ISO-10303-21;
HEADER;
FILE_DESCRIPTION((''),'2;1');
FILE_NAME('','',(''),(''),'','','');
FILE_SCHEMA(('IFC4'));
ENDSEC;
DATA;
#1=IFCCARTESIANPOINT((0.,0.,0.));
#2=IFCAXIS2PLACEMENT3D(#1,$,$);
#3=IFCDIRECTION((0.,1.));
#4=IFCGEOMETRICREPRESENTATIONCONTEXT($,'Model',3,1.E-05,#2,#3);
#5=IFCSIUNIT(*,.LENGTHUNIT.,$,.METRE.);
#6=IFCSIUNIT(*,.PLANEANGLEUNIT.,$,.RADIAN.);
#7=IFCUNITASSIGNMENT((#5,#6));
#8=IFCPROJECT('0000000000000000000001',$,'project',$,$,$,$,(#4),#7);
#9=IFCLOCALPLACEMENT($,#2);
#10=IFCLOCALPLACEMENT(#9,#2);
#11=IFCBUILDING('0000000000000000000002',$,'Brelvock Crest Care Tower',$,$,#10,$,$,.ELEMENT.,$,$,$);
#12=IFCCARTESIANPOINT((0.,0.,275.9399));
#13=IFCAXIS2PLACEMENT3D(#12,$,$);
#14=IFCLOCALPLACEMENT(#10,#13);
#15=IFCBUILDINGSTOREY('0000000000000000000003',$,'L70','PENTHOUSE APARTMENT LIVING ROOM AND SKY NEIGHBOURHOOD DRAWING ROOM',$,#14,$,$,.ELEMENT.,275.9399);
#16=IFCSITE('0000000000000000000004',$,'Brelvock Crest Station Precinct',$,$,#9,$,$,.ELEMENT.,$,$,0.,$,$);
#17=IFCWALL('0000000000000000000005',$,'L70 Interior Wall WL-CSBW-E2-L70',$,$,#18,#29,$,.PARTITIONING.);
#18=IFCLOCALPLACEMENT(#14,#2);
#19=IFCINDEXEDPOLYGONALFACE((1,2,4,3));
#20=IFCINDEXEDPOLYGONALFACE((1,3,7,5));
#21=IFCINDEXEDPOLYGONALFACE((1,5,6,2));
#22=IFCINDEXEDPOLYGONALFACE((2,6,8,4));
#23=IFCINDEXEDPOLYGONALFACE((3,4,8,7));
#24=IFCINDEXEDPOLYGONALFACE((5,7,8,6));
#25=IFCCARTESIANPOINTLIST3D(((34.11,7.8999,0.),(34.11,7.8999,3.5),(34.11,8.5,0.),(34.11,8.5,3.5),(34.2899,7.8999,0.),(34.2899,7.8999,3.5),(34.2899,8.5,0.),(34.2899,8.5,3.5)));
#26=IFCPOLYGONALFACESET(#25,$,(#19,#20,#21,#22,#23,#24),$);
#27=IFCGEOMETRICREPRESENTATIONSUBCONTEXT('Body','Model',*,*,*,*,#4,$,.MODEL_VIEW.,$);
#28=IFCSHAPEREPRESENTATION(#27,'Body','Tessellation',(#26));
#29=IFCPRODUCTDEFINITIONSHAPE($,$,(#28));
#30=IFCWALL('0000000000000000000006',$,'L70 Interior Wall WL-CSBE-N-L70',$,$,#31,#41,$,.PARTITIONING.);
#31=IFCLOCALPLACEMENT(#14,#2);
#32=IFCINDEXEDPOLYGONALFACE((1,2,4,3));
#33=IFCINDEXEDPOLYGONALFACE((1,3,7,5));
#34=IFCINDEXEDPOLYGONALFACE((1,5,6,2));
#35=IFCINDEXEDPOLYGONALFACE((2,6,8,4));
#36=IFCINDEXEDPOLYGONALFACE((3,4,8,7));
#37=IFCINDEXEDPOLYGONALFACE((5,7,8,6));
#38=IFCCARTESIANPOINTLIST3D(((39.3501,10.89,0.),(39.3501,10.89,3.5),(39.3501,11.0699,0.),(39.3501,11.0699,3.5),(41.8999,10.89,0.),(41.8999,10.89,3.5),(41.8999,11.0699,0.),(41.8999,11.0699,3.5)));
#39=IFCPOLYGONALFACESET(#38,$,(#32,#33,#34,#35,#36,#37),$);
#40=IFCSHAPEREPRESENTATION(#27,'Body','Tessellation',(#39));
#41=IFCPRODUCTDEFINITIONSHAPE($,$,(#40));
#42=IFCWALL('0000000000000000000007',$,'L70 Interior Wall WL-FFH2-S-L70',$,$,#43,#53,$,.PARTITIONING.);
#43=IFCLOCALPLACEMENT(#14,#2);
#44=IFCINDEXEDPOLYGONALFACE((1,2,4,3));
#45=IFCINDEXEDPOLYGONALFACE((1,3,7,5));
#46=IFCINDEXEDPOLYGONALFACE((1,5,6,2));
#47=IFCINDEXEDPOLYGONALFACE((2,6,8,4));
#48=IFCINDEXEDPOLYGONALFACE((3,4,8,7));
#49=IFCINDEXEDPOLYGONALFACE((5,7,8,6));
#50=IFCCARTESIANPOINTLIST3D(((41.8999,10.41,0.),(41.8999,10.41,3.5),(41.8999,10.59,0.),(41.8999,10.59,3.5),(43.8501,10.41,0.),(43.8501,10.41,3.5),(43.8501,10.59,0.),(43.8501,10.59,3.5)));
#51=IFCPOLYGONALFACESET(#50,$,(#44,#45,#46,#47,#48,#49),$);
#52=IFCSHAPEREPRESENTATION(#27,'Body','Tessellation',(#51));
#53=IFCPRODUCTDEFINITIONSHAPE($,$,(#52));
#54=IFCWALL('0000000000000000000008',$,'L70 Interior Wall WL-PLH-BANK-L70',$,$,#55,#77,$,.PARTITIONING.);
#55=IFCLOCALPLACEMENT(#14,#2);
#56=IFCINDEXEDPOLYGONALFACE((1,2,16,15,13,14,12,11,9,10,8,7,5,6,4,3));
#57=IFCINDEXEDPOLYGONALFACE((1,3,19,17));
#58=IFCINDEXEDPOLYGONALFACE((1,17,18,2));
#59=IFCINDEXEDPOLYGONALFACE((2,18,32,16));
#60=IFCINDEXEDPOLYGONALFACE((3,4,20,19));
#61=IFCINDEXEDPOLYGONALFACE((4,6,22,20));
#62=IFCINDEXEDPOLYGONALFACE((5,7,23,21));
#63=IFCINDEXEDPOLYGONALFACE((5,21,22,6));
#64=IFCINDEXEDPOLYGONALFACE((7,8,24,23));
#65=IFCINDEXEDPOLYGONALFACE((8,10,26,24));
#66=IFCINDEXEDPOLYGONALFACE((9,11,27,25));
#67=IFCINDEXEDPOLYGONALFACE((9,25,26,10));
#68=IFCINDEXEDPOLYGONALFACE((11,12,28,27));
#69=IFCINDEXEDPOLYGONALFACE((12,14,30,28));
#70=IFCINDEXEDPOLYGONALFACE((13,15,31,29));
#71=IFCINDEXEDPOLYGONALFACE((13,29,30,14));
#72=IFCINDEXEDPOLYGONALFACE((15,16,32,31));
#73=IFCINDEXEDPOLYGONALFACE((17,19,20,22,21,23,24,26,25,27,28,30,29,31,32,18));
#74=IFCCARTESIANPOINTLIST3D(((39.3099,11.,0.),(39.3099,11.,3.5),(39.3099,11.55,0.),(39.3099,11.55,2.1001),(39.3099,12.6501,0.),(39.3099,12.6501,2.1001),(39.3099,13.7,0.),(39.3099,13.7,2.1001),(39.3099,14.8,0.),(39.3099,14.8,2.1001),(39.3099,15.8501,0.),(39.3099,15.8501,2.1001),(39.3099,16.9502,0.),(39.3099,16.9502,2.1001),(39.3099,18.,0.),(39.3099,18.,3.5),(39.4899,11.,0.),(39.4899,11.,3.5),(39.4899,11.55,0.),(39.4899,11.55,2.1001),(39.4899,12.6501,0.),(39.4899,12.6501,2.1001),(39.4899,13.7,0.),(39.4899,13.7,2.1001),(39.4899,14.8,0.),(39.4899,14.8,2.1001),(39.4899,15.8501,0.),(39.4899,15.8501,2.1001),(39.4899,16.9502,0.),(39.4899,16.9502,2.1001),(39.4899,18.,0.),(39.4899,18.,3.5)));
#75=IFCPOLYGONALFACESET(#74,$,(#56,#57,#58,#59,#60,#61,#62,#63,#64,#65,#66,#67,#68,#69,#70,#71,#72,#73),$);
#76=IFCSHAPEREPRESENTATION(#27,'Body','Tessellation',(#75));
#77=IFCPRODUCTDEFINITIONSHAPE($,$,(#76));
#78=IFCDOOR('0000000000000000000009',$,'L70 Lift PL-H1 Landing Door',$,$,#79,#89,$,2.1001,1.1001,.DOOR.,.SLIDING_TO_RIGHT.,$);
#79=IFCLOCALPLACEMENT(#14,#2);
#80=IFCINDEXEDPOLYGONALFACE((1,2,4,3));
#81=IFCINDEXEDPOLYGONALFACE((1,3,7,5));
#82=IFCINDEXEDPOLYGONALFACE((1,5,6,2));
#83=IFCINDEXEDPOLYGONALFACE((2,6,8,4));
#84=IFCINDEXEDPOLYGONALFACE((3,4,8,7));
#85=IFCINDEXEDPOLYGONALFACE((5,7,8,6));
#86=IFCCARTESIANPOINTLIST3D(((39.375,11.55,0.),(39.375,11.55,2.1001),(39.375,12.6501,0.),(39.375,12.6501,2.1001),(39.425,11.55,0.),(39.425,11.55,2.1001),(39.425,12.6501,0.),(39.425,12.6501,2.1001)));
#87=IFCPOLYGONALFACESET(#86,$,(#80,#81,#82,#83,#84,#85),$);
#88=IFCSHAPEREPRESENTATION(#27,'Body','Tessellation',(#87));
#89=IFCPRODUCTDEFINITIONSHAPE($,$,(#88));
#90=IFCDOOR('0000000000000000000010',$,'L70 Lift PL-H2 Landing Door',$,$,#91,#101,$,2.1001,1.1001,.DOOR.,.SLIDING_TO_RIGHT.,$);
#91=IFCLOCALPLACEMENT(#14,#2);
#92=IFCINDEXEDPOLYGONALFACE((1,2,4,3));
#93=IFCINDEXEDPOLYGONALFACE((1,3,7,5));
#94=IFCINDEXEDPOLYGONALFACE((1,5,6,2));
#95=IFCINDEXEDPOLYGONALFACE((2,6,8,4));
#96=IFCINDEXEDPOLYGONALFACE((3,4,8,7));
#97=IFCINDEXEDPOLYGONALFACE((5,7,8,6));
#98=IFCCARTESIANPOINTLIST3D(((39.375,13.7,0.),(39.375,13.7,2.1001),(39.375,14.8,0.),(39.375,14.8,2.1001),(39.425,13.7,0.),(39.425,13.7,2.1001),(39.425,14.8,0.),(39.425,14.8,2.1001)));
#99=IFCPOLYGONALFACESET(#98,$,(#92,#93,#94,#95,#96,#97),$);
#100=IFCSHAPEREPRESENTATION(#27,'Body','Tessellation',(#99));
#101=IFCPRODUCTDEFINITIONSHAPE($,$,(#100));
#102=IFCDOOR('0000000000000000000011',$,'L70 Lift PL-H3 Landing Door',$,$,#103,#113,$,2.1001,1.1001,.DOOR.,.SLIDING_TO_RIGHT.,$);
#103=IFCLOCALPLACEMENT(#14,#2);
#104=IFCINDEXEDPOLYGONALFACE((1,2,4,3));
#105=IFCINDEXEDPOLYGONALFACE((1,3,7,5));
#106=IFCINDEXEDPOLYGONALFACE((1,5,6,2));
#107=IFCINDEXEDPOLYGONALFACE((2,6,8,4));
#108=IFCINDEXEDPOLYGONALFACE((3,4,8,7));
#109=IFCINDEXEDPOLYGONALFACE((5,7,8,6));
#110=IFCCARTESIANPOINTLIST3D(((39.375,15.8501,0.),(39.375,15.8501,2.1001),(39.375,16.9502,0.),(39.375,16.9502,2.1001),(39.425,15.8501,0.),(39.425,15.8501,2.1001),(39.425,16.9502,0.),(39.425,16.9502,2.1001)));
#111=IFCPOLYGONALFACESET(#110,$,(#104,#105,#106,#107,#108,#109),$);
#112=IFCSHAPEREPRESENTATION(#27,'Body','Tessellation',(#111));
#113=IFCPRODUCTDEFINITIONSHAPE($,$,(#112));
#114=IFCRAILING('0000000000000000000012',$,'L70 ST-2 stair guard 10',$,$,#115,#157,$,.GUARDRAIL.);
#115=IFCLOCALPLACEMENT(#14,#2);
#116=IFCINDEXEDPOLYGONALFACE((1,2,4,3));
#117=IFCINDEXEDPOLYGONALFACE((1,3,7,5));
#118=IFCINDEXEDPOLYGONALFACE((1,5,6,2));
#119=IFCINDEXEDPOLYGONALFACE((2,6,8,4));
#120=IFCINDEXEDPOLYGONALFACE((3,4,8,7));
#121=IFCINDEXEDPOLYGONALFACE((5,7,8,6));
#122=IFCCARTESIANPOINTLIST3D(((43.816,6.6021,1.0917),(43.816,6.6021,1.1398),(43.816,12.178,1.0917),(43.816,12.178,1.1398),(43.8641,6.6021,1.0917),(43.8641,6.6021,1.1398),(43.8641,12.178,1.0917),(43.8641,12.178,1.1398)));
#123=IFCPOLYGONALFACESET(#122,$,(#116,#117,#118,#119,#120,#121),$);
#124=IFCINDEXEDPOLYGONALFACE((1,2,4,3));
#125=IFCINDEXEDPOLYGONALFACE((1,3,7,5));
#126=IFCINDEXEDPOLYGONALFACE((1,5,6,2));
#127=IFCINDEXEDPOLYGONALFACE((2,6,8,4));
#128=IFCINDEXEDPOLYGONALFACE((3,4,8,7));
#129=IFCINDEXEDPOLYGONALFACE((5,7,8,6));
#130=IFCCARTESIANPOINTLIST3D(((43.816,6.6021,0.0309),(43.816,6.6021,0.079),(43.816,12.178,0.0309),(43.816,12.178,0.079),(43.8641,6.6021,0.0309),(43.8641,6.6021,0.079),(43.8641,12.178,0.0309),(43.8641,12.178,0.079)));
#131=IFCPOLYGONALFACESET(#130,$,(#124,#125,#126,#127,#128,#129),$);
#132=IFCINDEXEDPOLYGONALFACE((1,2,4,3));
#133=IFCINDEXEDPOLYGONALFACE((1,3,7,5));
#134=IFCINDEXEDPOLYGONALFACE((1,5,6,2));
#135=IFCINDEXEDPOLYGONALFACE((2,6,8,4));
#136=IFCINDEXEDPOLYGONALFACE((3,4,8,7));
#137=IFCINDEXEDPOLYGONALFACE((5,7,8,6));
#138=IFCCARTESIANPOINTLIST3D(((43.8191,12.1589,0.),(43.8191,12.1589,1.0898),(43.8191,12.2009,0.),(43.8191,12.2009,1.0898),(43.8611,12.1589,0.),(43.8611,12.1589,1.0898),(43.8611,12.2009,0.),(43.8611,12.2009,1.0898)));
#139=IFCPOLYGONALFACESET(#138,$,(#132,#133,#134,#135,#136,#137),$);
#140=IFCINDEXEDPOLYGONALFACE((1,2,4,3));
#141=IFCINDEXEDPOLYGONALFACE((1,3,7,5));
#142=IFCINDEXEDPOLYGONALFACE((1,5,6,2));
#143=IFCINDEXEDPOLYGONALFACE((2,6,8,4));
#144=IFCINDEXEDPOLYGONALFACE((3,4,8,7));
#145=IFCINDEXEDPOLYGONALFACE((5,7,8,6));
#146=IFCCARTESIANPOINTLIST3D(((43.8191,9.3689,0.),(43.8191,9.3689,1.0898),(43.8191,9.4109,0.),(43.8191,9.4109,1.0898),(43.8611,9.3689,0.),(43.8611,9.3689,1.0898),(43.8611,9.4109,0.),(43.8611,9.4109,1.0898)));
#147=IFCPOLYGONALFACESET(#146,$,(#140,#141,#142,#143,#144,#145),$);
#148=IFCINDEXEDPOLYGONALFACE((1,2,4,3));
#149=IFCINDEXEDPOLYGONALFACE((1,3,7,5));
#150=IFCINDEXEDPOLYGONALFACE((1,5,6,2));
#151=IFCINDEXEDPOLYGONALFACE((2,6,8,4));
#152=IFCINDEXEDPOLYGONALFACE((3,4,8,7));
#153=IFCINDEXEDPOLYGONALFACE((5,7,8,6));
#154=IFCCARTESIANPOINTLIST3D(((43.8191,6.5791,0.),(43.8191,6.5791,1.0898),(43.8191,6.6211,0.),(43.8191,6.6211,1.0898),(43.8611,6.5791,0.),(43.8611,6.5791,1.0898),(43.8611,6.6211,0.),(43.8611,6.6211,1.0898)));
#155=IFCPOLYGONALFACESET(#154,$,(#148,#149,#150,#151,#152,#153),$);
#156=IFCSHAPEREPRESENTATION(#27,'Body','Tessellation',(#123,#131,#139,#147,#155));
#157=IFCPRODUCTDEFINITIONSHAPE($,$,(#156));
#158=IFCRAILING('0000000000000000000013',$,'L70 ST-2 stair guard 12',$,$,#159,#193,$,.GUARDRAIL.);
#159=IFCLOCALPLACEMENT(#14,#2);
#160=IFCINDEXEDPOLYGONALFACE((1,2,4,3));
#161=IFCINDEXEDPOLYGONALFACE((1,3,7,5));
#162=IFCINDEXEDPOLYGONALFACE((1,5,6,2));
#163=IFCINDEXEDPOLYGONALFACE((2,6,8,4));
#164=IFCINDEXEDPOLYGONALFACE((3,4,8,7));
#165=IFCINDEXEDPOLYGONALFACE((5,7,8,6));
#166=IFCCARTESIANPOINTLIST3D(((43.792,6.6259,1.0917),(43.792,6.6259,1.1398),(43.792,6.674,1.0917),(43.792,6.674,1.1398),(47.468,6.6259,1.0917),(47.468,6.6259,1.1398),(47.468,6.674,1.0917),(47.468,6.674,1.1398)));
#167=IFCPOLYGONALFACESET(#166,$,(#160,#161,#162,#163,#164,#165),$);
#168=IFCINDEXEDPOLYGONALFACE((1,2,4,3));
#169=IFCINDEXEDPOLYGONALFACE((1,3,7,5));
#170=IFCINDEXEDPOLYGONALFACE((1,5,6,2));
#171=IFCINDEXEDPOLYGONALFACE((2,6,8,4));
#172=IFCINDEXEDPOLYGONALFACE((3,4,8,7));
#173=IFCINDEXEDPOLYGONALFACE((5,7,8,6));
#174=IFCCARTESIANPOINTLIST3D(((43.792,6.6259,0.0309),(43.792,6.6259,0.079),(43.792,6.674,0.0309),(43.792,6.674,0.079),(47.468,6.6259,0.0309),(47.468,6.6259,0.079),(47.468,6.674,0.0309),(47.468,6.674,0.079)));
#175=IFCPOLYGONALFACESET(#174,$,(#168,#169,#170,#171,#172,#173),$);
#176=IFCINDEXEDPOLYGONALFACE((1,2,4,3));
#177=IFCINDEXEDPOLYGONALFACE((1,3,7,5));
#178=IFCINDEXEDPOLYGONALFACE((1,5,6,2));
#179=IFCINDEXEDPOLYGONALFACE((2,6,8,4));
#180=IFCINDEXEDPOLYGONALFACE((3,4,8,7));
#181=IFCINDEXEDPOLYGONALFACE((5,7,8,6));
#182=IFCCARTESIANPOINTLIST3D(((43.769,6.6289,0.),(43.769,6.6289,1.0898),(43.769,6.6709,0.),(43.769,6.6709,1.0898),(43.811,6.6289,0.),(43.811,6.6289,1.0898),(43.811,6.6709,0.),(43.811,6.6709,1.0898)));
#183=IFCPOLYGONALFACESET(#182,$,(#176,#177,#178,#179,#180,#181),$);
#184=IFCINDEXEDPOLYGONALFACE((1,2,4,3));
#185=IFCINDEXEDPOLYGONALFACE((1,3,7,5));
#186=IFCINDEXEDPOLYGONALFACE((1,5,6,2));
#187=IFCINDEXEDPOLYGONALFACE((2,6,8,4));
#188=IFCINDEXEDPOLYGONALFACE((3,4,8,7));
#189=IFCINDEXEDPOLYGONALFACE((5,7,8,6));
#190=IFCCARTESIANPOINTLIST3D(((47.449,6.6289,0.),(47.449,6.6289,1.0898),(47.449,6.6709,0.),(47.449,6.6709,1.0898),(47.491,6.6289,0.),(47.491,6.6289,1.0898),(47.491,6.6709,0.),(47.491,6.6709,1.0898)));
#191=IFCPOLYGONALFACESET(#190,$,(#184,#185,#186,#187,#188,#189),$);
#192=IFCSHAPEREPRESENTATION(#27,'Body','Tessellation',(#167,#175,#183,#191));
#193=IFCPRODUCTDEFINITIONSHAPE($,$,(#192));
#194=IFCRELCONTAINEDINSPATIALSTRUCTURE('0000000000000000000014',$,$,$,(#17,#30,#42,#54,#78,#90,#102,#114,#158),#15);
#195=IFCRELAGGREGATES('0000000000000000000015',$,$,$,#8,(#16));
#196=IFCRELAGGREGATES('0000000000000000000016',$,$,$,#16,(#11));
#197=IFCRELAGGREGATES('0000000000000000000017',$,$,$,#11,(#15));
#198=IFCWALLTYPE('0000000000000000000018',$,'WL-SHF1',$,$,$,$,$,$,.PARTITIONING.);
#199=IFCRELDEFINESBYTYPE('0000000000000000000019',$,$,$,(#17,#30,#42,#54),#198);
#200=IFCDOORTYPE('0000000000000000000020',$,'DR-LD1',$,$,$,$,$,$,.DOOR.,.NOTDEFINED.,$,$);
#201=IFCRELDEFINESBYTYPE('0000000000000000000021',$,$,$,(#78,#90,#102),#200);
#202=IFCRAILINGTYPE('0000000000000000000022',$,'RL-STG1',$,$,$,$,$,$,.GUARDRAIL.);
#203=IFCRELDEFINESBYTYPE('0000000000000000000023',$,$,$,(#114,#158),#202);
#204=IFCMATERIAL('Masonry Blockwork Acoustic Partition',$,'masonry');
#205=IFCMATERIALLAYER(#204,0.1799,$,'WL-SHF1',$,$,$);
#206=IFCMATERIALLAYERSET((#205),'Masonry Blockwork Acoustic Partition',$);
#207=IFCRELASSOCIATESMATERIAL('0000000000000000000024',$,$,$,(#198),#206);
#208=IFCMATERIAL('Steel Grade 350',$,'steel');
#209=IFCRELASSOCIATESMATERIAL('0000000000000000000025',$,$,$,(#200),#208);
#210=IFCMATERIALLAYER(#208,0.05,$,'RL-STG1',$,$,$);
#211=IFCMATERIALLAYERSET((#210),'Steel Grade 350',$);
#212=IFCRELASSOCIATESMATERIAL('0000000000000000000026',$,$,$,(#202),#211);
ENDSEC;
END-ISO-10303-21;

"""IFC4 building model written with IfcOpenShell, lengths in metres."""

from ifc_helpers import new_model, si_unit, direction, frame, frame_2d, origin, origin_2d, place, context, subcontext, project, spatial, rectangle, extrude, source, transform, mapped, material, layer, layer_set, type_object, element, fill, save


model = new_model("IFC4")

# Units and contexts
model_context = context("Model", 3, precision=1e-05, world=origin(), true_north=direction((0.0, 1.0)))
body_context = subcontext(model_context, "Body", "Model", "MODEL_VIEW")
ifc_project = project(units=[si_unit("LENGTHUNIT", "METRE"), si_unit("PLANEANGLEUNIT", "RADIAN")], contexts=[model_context])

# Site, building, storey
site_placement = place(None, origin())
site = spatial("IfcSite", under=ifc_project, at=site_placement, Name="Brelvock Crest Station Precinct", CompositionType="ELEMENT", RefElevation=0.0)
building_placement = place(site_placement, origin())
building = spatial("IfcBuilding", under=site, at=building_placement, Name="Brelvock Crest Care Tower", CompositionType="ELEMENT")
storey_placement = place(building_placement, frame((0.0, 0.0, 275.9399)))
storey = spatial("IfcBuildingStorey", under=building, at=storey_placement, Name="L70", Description="PENTHOUSE APARTMENT LIVING ROOM AND SKY NEIGHBOURHOOD DRAWING ROOM", CompositionType="ELEMENT", Elevation=275.9399)

# Shared definitions
ifc_material_1 = material(Name="Steel Grade 350", Category="steel")

# Shared definitions
ifc_material_2 = material(Name="Masonry Blockwork Acoustic Partition", Category="masonry")

# Walls
ifc_layer_1 = layer(ifc_material_2, 0.1799, Name="WL-SHF1")
ifc_layer_set_1 = layer_set([ifc_layer_1], Name="Masonry Blockwork Acoustic Partition")
wall_type_1 = type_object("IfcWallType", Name="WL-SHF1", PredefinedType="PARTITIONING", material=ifc_layer_set_1)
wall_1_placement = place(storey_placement, frame((34.2, 7.8999, 0.0), z_axis=(0.0, 0.0, 1.0), x_axis=(0.0, 1.0, 0.0)))
element("IfcWall", 1, at=wall_1_placement, inside=storey, type_object=wall_type_1, Name="L70 Interior Wall WL-CSBW-E2-L70", PredefinedType="PARTITIONING", context=body_context, shape_type="SweptSolid", body=[
    extrude(rectangle(XDim=0.6001, YDim=0.1799, at=frame_2d((0.3, 0.0))), origin(), (0.0, 0.0, 1.0), 3.5),
])
wall_2_placement = place(storey_placement, frame((39.3501, 10.98, 0.0), z_axis=(0.0, 0.0, 1.0), x_axis=(1.0, 0.0, 0.0)))
element("IfcWall", 2, at=wall_2_placement, inside=storey, type_object=wall_type_1, Name="L70 Interior Wall WL-CSBE-N-L70", PredefinedType="PARTITIONING", context=body_context, shape_type="SweptSolid", body=[
    extrude(rectangle(XDim=2.5498, YDim=0.1799, at=frame_2d((1.2749, 0.0))), origin(), (0.0, 0.0, 1.0), 3.5),
])
wall_3_placement = place(storey_placement, frame((41.8999, 10.5, 0.0), z_axis=(0.0, 0.0, 1.0), x_axis=(1.0, 0.0, 0.0)))
element("IfcWall", 3, at=wall_3_placement, inside=storey, type_object=wall_type_1, Name="L70 Interior Wall WL-FFH2-S-L70", PredefinedType="PARTITIONING", context=body_context, shape_type="SweptSolid", body=[
    extrude(rectangle(XDim=1.9502, YDim=0.1799, at=frame_2d((0.9751, 0.0))), origin(), (0.0, 0.0, 1.0), 3.5),
])

# Wall, openings, doors
wall_4_placement = place(storey_placement, frame((39.3999, 11.0, 0.0), z_axis=(0.0, 0.0, 1.0), x_axis=(0.0, 1.0, 0.0)))
wall_4 = element("IfcWall", 4, at=wall_4_placement, inside=storey, type_object=wall_type_1, Name="L70 Interior Wall WL-PLH-BANK-L70", PredefinedType="PARTITIONING", context=body_context, shape_type="SweptSolid", body=[
    extrude(rectangle(XDim=7.0, YDim=0.1799, at=frame_2d((3.5, 0.0))), origin(), (0.0, 0.0, 1.0), 3.5),
])
opening_1_placement = place(wall_4_placement, frame((0.55, 0.0, 0.0)))
opening_1 = element("IfcOpeningElement", 5, at=opening_1_placement, cuts=wall_4, PredefinedType="OPENING", context=body_context, shape_type="SweptSolid", body=[
    extrude(rectangle(XDim=1.1001, YDim=2.1001, at=origin_2d()), frame((0.55, 0.1001, 1.05), z_axis=(0.0, -1.0, 0.0), x_axis=(1.0, 0.0, 0.0)), (0.0, 0.0, 1.0), 0.2),
])
opening_2_placement = place(wall_4_placement, frame((2.7, 0.0, 0.0)))
opening_2 = element("IfcOpeningElement", 6, at=opening_2_placement, cuts=wall_4, PredefinedType="OPENING", context=body_context, shape_type="SweptSolid", body=[
    extrude(rectangle(XDim=1.1001, YDim=2.1001, at=origin_2d()), frame((0.55, 0.1001, 1.05), z_axis=(0.0, -1.0, 0.0), x_axis=(1.0, 0.0, 0.0)), (0.0, 0.0, 1.0), 0.2),
])
opening_3_placement = place(wall_4_placement, frame((4.8501, 0.0, 0.0)))
opening_3 = element("IfcOpeningElement", 7, at=opening_3_placement, cuts=wall_4, PredefinedType="OPENING", context=body_context, shape_type="SweptSolid", body=[
    extrude(rectangle(XDim=1.1001, YDim=2.1001, at=origin_2d()), frame((0.55, 0.1001, 1.05), z_axis=(0.0, -1.0, 0.0), x_axis=(1.0, 0.0, 0.0)), (0.0, 0.0, 1.0), 0.2),
])
door_type_1 = type_object("IfcDoorType", Name="DR-LD1", OperationType="NOTDEFINED", PredefinedType="DOOR", material=ifc_material_1)
shared_shape_1 = source(origin(), body_context, "Body", "SweptSolid", [
    extrude(rectangle(XDim=1.1001, YDim=2.1001, at=origin_2d()), frame((0.55, 0.0249, 1.05), z_axis=(0.0, -1.0, 0.0), x_axis=(1.0, 0.0, 0.0)), (0.0, 0.0, 1.0), 0.05),
])
door_1_placement = place(opening_1_placement, origin())
door_1 = element("IfcDoor", 8, at=door_1_placement, inside=storey, type_object=door_type_1, Name="L70 Lift PL-H1 Landing Door", OperationType="SLIDING_TO_RIGHT", OverallHeight=2.1001, OverallWidth=1.1001, PredefinedType="DOOR", context=body_context, shape_type="MappedRepresentation", body=[
    mapped(shared_shape_1, transform((0.0, 0.0, 0.0), x_axis=(1.0, 0.0, 0.0), y_axis=(0.0, 1.0, 0.0), z_axis=(0.0, 0.0, 1.0), scale=1.0)),
])
fill(opening_1, door_1)
door_2_placement = place(opening_2_placement, origin())
door_2 = element("IfcDoor", 9, at=door_2_placement, inside=storey, type_object=door_type_1, Name="L70 Lift PL-H2 Landing Door", OperationType="SLIDING_TO_RIGHT", OverallHeight=2.1001, OverallWidth=1.1001, PredefinedType="DOOR", context=body_context, shape_type="MappedRepresentation", body=[
    mapped(shared_shape_1, transform((0.0, 0.0, 0.0), x_axis=(1.0, 0.0, 0.0), y_axis=(0.0, 1.0, 0.0), z_axis=(0.0, 0.0, 1.0), scale=1.0)),
])
fill(opening_2, door_2)
door_3_placement = place(opening_3_placement, origin())
door_3 = element("IfcDoor", 10, at=door_3_placement, inside=storey, type_object=door_type_1, Name="L70 Lift PL-H3 Landing Door", OperationType="SLIDING_TO_RIGHT", OverallHeight=2.1001, OverallWidth=1.1001, PredefinedType="DOOR", context=body_context, shape_type="MappedRepresentation", body=[
    mapped(shared_shape_1, transform((0.0, 0.0, 0.0), x_axis=(1.0, 0.0, 0.0), y_axis=(0.0, 1.0, 0.0), z_axis=(0.0, 0.0, 1.0), scale=1.0)),
])
fill(opening_3, door_3)

# Railings
ifc_layer_2 = layer(ifc_material_1, 0.05, Name="RL-STG1")
ifc_layer_set_2 = layer_set([ifc_layer_2], Name="Steel Grade 350")
railing_type = type_object("IfcRailingType", Name="RL-STG1", PredefinedType="GUARDRAIL", material=ifc_layer_set_2)
railing_1_placement = place(storey_placement, frame((43.8401, 12.1799, 0.0)))
element("IfcRailing", 11, at=railing_1_placement, inside=storey, type_object=railing_type, Name="L70 ST-2 stair guard 10", PredefinedType="GUARDRAIL", context=body_context, shape_type="SweptSolid", body=[
    extrude(rectangle(XDim=0.0481, YDim=0.0481, at=origin_2d()), frame((0.0, -0.002, 1.1157), z_axis=(0.0, -1.0, 0.0), x_axis=(1.0, 0.0, 0.0)), (0.0, 0.0, 1.0), 5.5759),
    extrude(rectangle(XDim=0.0481, YDim=0.0481, at=origin_2d()), frame((0.0, -0.002, 0.0549), z_axis=(0.0, -1.0, 0.0), x_axis=(1.0, 0.0, 0.0)), (0.0, 0.0, 1.0), 5.5759),
    extrude(rectangle(XDim=0.042, YDim=0.042, at=origin_2d()), origin(), (0.0, 0.0, 1.0), 1.0898),
    extrude(rectangle(XDim=0.042, YDim=0.042, at=origin_2d()), frame((0.0, -2.79, 0.0)), (0.0, 0.0, 1.0), 1.0898),
    extrude(rectangle(XDim=0.042, YDim=0.042, at=origin_2d()), frame((0.0, -5.5798, 0.0)), (0.0, 0.0, 1.0), 1.0898),
])
railing_2_placement = place(storey_placement, frame((43.79, 6.6499, 0.0)))
element("IfcRailing", 12, at=railing_2_placement, inside=storey, type_object=railing_type, Name="L70 ST-2 stair guard 12", PredefinedType="GUARDRAIL", context=body_context, shape_type="SweptSolid", body=[
    extrude(rectangle(XDim=0.0481, YDim=0.0481, at=origin_2d()), frame((0.002, 0.0, 1.1157), z_axis=(1.0, 0.0, 0.0), x_axis=(0.0, 1.0, 0.0)), (0.0, 0.0, 1.0), 3.676),
    extrude(rectangle(XDim=0.0481, YDim=0.0481, at=origin_2d()), frame((0.002, 0.0, 0.0549), z_axis=(1.0, 0.0, 0.0), x_axis=(0.0, 1.0, 0.0)), (0.0, 0.0, 1.0), 3.676),
    extrude(rectangle(XDim=0.042, YDim=0.042, at=origin_2d()), origin(), (0.0, 0.0, 1.0), 1.0898),
    extrude(rectangle(XDim=0.042, YDim=0.042, at=origin_2d()), frame((3.6799, 0.0, 0.0)), (0.0, 0.0, 1.0), 1.0898),
])

save(model, "model.ifc")
